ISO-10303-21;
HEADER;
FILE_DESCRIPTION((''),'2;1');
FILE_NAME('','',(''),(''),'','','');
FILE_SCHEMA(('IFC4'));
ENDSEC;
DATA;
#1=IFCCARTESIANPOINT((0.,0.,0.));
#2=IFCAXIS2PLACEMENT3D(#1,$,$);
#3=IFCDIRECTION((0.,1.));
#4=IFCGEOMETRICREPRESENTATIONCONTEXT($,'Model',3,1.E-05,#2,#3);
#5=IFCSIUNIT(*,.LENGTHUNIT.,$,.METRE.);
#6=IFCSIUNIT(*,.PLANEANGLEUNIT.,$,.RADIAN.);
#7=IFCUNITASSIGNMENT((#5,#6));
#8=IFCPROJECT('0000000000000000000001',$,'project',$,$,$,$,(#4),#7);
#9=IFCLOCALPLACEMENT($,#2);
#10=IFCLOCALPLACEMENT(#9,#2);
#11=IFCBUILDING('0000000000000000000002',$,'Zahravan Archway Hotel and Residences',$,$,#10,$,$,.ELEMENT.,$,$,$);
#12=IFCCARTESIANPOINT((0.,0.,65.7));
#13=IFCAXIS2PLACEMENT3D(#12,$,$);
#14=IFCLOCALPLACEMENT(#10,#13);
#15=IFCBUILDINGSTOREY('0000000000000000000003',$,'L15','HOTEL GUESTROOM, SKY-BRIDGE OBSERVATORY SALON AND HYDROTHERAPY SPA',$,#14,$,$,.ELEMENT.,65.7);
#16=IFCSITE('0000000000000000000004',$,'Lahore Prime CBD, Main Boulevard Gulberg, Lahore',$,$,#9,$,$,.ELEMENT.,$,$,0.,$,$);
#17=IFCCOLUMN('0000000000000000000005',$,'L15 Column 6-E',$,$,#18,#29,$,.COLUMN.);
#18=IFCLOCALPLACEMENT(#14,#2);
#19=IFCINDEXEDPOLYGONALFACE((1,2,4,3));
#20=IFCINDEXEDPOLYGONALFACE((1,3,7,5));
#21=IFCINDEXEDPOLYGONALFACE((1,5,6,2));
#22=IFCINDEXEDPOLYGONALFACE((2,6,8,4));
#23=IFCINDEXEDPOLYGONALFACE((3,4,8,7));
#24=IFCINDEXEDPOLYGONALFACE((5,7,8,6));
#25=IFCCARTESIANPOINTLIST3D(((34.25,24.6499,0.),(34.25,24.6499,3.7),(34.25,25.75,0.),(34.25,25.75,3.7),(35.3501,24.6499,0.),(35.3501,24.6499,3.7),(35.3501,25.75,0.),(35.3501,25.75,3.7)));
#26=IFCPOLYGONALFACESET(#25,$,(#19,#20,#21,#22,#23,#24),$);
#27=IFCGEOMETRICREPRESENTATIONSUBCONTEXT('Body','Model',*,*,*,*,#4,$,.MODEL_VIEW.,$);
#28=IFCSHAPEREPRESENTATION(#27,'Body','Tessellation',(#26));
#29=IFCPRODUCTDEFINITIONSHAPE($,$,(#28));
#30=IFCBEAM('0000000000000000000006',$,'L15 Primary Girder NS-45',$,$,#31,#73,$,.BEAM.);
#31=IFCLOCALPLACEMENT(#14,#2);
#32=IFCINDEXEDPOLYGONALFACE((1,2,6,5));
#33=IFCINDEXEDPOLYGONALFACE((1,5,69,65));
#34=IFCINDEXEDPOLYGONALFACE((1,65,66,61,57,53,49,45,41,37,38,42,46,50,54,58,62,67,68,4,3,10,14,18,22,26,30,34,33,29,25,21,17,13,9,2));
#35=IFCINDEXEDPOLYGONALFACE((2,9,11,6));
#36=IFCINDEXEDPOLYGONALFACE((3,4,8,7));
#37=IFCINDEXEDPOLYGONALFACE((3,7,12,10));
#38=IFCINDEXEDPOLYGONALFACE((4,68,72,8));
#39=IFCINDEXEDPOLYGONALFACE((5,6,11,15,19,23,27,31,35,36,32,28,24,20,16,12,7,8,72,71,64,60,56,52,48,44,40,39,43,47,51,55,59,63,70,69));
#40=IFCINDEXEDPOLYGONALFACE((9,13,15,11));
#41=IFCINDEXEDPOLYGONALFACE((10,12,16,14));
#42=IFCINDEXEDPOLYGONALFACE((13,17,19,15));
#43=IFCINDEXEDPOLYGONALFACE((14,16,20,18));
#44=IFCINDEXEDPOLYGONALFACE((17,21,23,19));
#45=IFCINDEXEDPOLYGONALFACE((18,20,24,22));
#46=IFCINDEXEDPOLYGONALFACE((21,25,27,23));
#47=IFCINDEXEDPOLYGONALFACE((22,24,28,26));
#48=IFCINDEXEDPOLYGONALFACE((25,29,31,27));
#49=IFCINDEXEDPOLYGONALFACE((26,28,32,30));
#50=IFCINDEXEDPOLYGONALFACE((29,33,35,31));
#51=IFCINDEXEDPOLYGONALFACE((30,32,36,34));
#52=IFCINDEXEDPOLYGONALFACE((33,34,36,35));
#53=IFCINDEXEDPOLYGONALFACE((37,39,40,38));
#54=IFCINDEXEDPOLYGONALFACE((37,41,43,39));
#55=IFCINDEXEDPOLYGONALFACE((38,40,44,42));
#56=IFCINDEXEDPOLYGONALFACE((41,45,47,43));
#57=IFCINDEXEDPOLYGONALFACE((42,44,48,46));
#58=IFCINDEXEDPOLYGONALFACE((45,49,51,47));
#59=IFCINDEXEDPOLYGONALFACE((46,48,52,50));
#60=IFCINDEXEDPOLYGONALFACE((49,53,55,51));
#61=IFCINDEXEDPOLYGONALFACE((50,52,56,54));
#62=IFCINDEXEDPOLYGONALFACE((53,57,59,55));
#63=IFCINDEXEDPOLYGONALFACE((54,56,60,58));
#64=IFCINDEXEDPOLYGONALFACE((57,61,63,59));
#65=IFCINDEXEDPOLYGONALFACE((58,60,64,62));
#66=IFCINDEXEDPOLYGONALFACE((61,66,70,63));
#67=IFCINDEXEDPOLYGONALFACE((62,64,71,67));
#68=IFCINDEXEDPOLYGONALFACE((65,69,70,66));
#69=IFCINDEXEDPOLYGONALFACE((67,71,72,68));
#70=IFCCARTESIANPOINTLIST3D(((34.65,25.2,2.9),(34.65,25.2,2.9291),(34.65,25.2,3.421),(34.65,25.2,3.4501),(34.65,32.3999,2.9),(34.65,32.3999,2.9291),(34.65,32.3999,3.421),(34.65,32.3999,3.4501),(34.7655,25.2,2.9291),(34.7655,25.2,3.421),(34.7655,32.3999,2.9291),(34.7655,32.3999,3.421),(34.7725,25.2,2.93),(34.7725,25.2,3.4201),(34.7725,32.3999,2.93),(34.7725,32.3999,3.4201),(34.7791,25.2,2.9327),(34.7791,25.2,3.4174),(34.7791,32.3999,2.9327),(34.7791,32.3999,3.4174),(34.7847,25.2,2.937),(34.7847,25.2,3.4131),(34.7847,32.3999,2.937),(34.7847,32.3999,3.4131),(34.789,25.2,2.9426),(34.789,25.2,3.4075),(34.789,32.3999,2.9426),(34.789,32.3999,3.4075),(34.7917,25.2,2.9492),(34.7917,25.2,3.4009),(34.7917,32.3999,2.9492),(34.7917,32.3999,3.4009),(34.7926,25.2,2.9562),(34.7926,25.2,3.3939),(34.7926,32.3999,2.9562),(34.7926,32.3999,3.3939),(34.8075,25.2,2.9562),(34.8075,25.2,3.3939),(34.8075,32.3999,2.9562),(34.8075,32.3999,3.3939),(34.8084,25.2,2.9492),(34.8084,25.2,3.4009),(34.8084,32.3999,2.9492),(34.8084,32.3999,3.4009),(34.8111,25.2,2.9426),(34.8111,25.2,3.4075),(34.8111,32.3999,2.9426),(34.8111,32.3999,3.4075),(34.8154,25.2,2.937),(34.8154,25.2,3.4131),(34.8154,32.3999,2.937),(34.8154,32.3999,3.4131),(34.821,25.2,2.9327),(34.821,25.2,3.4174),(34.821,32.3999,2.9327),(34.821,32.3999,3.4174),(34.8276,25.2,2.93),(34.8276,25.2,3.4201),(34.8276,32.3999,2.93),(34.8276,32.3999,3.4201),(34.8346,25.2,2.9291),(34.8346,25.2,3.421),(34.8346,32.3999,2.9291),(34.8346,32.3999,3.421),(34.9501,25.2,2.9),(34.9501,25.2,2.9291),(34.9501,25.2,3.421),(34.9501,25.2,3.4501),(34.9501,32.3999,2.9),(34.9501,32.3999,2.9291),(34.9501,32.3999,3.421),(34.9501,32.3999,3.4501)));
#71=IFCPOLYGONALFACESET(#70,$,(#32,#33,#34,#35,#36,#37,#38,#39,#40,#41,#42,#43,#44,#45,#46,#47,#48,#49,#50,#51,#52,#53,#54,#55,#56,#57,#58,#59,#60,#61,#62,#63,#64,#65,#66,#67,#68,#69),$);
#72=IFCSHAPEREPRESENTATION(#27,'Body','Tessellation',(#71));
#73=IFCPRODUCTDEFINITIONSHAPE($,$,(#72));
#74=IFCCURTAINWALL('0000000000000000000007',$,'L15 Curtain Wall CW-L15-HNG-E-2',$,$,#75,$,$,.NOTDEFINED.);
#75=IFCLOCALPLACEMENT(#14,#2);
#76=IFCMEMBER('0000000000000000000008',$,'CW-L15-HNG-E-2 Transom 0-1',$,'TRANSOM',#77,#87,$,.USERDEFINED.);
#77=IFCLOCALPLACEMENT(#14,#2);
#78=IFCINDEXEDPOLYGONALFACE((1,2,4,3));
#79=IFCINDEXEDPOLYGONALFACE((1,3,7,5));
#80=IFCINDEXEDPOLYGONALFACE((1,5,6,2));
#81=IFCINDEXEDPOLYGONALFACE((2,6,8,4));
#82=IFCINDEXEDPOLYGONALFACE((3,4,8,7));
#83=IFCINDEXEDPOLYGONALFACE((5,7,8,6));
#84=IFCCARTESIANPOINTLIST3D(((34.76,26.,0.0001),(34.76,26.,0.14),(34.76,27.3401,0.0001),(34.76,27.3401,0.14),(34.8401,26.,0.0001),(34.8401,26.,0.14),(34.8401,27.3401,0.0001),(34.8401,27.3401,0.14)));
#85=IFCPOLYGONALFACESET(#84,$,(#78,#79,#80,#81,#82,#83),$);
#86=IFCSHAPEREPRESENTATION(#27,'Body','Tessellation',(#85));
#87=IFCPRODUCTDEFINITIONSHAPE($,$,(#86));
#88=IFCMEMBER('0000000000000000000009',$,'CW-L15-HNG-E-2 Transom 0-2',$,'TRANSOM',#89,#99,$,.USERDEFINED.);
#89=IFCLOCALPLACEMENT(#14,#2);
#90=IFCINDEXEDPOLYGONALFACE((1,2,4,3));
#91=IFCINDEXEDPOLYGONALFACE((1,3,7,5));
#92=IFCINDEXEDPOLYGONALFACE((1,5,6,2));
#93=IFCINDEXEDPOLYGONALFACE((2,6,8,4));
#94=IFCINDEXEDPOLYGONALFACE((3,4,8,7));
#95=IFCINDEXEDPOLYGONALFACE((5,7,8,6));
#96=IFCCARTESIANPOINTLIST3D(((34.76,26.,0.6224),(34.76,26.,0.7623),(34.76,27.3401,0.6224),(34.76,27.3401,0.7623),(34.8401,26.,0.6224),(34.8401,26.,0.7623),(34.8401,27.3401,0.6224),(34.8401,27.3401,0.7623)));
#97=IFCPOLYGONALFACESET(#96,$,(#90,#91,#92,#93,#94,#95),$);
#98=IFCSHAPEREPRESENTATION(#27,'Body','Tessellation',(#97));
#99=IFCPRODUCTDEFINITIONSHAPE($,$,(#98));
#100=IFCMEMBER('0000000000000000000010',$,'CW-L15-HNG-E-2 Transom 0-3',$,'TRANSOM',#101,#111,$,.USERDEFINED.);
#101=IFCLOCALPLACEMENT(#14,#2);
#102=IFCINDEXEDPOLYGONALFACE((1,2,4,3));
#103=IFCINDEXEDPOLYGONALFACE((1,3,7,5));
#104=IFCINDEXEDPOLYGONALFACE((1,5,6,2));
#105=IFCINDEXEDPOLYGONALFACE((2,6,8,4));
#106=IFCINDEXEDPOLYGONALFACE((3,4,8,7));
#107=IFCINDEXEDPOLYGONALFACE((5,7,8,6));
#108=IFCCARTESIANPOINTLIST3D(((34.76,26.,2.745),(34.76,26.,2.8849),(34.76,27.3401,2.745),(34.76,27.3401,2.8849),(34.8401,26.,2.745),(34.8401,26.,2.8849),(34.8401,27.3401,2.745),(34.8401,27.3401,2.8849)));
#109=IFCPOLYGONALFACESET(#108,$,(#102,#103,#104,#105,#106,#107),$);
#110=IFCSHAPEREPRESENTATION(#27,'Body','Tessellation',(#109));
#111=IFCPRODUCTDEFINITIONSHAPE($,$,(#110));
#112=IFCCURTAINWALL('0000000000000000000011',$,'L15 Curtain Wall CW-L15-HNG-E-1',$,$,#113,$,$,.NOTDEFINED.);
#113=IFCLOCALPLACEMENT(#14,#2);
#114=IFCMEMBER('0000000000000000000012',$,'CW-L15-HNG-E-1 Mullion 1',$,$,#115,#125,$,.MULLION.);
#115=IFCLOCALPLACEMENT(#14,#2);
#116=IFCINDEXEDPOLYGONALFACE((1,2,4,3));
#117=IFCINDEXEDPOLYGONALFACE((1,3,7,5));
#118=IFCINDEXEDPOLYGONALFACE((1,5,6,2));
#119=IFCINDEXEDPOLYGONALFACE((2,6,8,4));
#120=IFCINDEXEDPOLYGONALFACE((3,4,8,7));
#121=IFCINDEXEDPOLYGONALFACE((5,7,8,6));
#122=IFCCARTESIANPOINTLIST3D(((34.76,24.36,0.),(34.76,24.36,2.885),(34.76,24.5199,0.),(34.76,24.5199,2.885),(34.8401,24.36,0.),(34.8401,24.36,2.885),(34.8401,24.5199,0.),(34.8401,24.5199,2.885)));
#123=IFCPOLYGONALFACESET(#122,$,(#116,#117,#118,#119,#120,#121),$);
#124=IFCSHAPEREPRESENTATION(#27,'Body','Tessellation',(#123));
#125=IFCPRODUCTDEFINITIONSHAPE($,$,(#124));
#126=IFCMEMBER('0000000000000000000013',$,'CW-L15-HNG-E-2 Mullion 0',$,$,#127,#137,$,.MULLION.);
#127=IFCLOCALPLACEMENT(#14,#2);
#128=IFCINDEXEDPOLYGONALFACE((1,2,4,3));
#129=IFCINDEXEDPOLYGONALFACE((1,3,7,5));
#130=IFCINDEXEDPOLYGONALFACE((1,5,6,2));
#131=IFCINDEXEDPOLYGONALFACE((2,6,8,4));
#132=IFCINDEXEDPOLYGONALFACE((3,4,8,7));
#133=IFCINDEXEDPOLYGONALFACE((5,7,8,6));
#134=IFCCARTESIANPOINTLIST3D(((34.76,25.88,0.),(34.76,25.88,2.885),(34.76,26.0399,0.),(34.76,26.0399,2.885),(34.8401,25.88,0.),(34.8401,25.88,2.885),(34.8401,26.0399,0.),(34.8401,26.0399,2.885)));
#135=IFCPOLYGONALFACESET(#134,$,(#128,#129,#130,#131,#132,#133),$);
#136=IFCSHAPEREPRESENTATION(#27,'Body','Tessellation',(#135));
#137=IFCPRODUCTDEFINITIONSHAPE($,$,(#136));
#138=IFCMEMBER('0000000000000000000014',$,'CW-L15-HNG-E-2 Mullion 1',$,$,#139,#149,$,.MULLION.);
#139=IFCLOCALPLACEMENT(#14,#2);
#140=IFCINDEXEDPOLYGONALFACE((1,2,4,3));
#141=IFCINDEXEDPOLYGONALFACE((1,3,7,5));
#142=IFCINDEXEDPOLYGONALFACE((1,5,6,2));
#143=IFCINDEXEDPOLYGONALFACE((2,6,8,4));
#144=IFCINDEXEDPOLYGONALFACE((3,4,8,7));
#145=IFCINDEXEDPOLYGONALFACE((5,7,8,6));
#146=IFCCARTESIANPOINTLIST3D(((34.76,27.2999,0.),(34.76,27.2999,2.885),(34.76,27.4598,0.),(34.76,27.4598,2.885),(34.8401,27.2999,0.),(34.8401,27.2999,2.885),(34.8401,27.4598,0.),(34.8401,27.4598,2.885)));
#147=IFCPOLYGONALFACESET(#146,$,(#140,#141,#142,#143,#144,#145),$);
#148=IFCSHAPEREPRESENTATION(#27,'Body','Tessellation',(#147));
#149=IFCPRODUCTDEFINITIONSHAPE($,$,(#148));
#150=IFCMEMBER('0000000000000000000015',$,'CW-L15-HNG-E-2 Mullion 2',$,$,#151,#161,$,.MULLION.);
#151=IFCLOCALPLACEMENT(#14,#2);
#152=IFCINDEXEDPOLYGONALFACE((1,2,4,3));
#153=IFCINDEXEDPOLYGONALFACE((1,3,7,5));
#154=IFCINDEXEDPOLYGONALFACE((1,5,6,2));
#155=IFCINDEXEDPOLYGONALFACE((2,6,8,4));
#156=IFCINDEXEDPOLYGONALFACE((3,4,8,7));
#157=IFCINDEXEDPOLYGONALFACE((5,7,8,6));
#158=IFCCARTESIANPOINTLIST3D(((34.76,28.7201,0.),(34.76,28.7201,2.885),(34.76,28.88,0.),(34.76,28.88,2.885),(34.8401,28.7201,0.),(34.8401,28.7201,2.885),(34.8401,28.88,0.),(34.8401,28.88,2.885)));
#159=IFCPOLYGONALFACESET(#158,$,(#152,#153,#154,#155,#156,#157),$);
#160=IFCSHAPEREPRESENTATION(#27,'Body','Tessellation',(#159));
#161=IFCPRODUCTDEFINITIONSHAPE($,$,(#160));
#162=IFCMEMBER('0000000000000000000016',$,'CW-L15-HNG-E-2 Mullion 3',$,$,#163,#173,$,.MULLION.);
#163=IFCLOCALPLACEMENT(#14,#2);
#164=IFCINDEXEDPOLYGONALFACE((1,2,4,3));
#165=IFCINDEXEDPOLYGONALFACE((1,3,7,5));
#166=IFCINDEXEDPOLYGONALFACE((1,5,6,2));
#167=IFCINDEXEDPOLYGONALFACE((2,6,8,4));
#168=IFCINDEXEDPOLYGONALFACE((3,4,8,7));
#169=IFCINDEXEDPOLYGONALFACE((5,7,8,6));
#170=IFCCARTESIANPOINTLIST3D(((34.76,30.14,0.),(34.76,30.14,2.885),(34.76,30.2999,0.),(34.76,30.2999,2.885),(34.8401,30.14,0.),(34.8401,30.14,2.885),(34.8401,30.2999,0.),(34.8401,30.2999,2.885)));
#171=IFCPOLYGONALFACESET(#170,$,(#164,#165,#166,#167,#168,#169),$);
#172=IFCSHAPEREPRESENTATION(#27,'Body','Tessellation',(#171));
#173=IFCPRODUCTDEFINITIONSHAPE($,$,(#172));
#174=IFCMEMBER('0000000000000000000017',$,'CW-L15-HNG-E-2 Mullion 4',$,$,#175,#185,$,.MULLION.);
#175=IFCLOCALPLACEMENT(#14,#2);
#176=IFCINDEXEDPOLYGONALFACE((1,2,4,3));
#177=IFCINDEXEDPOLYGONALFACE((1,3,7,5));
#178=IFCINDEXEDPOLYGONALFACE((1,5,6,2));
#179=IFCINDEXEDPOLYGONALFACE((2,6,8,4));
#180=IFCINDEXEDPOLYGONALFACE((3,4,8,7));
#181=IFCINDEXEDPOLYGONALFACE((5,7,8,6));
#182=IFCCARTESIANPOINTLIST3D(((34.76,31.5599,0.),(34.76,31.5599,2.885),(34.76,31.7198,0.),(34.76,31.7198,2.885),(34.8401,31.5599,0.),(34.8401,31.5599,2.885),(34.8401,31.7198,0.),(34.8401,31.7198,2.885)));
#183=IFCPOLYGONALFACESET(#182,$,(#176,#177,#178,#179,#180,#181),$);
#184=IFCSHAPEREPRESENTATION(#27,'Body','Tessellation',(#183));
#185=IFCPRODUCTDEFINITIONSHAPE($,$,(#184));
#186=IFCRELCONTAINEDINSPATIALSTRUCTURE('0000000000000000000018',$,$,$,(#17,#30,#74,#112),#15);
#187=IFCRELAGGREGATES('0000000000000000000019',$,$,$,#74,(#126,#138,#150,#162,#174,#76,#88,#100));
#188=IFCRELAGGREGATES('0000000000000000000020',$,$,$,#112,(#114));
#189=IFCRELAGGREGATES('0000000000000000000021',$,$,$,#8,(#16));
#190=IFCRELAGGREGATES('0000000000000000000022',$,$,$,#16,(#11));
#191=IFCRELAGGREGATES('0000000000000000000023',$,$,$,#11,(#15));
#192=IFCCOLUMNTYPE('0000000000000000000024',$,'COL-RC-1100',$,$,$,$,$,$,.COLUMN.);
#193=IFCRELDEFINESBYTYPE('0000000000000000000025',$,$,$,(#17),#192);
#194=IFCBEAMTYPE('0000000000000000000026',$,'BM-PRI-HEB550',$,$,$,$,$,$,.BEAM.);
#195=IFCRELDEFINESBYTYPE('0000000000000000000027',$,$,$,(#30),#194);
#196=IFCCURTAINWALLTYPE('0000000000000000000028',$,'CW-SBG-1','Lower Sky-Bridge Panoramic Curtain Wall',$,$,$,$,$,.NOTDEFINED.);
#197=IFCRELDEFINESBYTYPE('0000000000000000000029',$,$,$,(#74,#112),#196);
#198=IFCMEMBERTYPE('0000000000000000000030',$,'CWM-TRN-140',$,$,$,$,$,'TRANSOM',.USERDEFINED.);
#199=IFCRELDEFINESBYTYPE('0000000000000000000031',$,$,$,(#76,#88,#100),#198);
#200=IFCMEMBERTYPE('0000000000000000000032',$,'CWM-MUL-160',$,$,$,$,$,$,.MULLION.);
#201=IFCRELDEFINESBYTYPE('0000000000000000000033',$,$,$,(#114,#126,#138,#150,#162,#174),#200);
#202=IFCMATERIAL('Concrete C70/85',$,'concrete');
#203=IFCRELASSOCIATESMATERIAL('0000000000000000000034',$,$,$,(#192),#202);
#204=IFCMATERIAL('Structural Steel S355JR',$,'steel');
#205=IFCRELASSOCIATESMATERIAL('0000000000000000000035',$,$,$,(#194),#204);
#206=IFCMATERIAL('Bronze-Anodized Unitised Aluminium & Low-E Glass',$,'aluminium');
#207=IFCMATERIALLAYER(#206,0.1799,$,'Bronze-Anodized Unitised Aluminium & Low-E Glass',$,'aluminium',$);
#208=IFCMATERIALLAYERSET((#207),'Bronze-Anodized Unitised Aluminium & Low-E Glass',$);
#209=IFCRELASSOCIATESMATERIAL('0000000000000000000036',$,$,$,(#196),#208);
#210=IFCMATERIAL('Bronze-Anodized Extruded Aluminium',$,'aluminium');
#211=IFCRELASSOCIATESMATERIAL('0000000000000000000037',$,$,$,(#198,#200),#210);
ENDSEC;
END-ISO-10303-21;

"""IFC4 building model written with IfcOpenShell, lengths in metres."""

from ifc_helpers import new_model, si_unit, direction, frame, origin, origin_2d, place, context, subcontext, project, spatial, rectangle, i_section, extrude, source, transform, mapped, material, layer, layer_set, material_profile, profile_set, type_object, element, aggregate, save


model = new_model("IFC4")

# Units and contexts
model_context = context("Model", 3, precision=1e-05, world=origin(), true_north=direction((0.0, 1.0)))
body_context = subcontext(model_context, "Body", "Model", "MODEL_VIEW")
ifc_project = project(units=[si_unit("LENGTHUNIT", "METRE"), si_unit("PLANEANGLEUNIT", "RADIAN")], contexts=[model_context])

# Site, building, storey
site_placement = place(None, origin())
site = spatial("IfcSite", under=ifc_project, at=site_placement, Name="Lahore Prime CBD, Main Boulevard Gulberg, Lahore", CompositionType="ELEMENT", RefElevation=0.0)
building_placement = place(site_placement, origin())
building = spatial("IfcBuilding", under=site, at=building_placement, Name="Zahravan Archway Hotel and Residences", CompositionType="ELEMENT")
storey_placement = place(building_placement, frame((0.0, 0.0, 65.7)))
storey = spatial("IfcBuildingStorey", under=building, at=storey_placement, Name="L15", Description="HOTEL GUESTROOM, SKY-BRIDGE OBSERVATORY SALON AND HYDROTHERAPY SPA", CompositionType="ELEMENT", Elevation=65.7)

# Column
ifc_material_1 = material(Name="Concrete C70/85", Category="concrete")
ifc_material_profile_1 = material_profile(ifc_material_1, rectangle(XDim=1.1001, YDim=1.1001, at=origin_2d()), Name="RC 1100x1100", Category="concrete")
ifc_profile_set_1 = profile_set([ifc_material_profile_1], Name="Concrete C70/85")
column_type = type_object("IfcColumnType", Name="COL-RC-1100", PredefinedType="COLUMN", material=ifc_profile_set_1)
shared_shape_1 = source(origin(), body_context, "Body", "SweptSolid", [
    extrude(rectangle(XDim=1.1001, YDim=1.1001, at=origin_2d()), origin(), (0.0, 0.0, 1.0), 3.7),
])
column_placement = place(storey_placement, frame((34.8, 25.2, 0.0), z_axis=(0.0, 0.0, 1.0), x_axis=(1.0, 0.0, 0.0)))
element("IfcColumn", 1, at=column_placement, inside=storey, type_object=column_type, Name="L15 Column 6-E", PredefinedType="COLUMN", context=body_context, shape_type="MappedRepresentation", body=[
    mapped(shared_shape_1, transform((0.0, 0.0, 0.0), scale=1.0)),
])

# Beam
ifc_material_2 = material(Name="Structural Steel S355JR", Category="steel")
ifc_material_profile_2 = material_profile(ifc_material_2, i_section(OverallWidth=0.3, OverallDepth=0.55, WebThickness=0.0149, FlangeThickness=0.0291, FilletRadius=0.0271, at=origin_2d()), Name="HEB 550", Category="steel")
ifc_profile_set_2 = profile_set([ifc_material_profile_2], Name="Structural Steel S355JR")
beam_type = type_object("IfcBeamType", Name="BM-PRI-HEB550", PredefinedType="BEAM", material=ifc_profile_set_2)
shared_shape_2 = source(origin(), body_context, "Body", "SweptSolid", [
    extrude(i_section(OverallWidth=0.3, OverallDepth=0.55, WebThickness=0.0149, FlangeThickness=0.0291, FilletRadius=0.0271, at=origin_2d()), origin(), (0.0, 0.0, 1.0), 7.2),
])
beam_placement = place(storey_placement, frame((34.8, 25.2, 3.175), z_axis=(0.0, 1.0, 0.0), x_axis=(-1.0, 0.0, 0.0)))
element("IfcBeam", 2, at=beam_placement, inside=storey, type_object=beam_type, Name="L15 Primary Girder NS-45", PredefinedType="BEAM", context=body_context, shape_type="MappedRepresentation", body=[
    mapped(shared_shape_2, transform((0.0, 0.0, 0.0), scale=1.0)),
])

# Curtain wall, members
ifc_material_3 = material(Name="Bronze-Anodized Unitised Aluminium & Low-E Glass", Category="aluminium")
ifc_layer_1 = layer(ifc_material_3, 0.1799, Name="Bronze-Anodized Unitised Aluminium & Low-E Glass", Category="aluminium")
ifc_layer_set_1 = layer_set([ifc_layer_1], Name="Bronze-Anodized Unitised Aluminium & Low-E Glass")
curtain_wall_type = type_object("IfcCurtainWallType", Name="CW-SBG-1", Description="Lower Sky-Bridge Panoramic Curtain Wall", PredefinedType="NOTDEFINED", material=ifc_layer_set_1)
curtain_wall_1_placement = place(storey_placement, origin())
curtain_wall_1 = element("IfcCurtainWall", 3, at=curtain_wall_1_placement, inside=storey, type_object=curtain_wall_type, Name="L15 Curtain Wall CW-L15-HNG-E-2", PredefinedType="NOTDEFINED")
ifc_material_4 = material(Name="Bronze-Anodized Extruded Aluminium", Category="aluminium")
ifc_material_profile_3 = material_profile(ifc_material_4, rectangle(XDim=0.0801, YDim=0.1399, at=origin_2d()), Name="TRN 80x140", Category="aluminium")
ifc_profile_set_3 = profile_set([ifc_material_profile_3], Name="Bronze-Anodized Extruded Aluminium")
member_type_1 = type_object("IfcMemberType", Name="CWM-TRN-140", ElementType="TRANSOM", PredefinedType="USERDEFINED", material=ifc_profile_set_3)
shared_shape_3 = source(origin(), body_context, "Body", "SweptSolid", [
    extrude(rectangle(XDim=0.0801, YDim=0.1399, at=origin_2d()), origin(), (0.0, 0.0, 1.0), 1.3401),
])
member_1_placement = place(storey_placement, frame((34.8, 26.0, 0.0701), z_axis=(0.0, 1.0, 0.0), x_axis=(-1.0, 0.0, 0.0)))
member_1 = element("IfcMember", 4, at=member_1_placement, type_object=member_type_1, Name="CW-L15-HNG-E-2 Transom 0-1", ObjectType="TRANSOM", PredefinedType="USERDEFINED", context=body_context, shape_type="MappedRepresentation", body=[
    mapped(shared_shape_3, transform((0.0, 0.0, 0.0), scale=1.0)),
])
member_2_placement = place(storey_placement, frame((34.8, 26.0, 0.6924), z_axis=(0.0, 1.0, 0.0), x_axis=(-1.0, 0.0, 0.0)))
member_2 = element("IfcMember", 5, at=member_2_placement, type_object=member_type_1, Name="CW-L15-HNG-E-2 Transom 0-2", ObjectType="TRANSOM", PredefinedType="USERDEFINED", context=body_context, shape_type="MappedRepresentation", body=[
    mapped(shared_shape_3, transform((0.0, 0.0, 0.0), scale=1.0)),
])
member_3_placement = place(storey_placement, frame((34.8, 26.0, 2.8149), z_axis=(0.0, 1.0, 0.0), x_axis=(-1.0, 0.0, 0.0)))
member_3 = element("IfcMember", 6, at=member_3_placement, type_object=member_type_1, Name="CW-L15-HNG-E-2 Transom 0-3", ObjectType="TRANSOM", PredefinedType="USERDEFINED", context=body_context, shape_type="MappedRepresentation", body=[
    mapped(shared_shape_3, transform((0.0, 0.0, 0.0), scale=1.0)),
])

# Curtain wall, member
curtain_wall_2_placement = place(storey_placement, origin())
curtain_wall_2 = element("IfcCurtainWall", 7, at=curtain_wall_2_placement, inside=storey, type_object=curtain_wall_type, Name="L15 Curtain Wall CW-L15-HNG-E-1", PredefinedType="NOTDEFINED")
ifc_material_profile_4 = material_profile(ifc_material_4, rectangle(XDim=0.0801, YDim=0.1599, at=origin_2d()), Name="MUL 80x160", Category="aluminium")
ifc_profile_set_4 = profile_set([ifc_material_profile_4], Name="Bronze-Anodized Extruded Aluminium")
member_type_2 = type_object("IfcMemberType", Name="CWM-MUL-160", PredefinedType="MULLION", material=ifc_profile_set_4)
shared_shape_4 = source(origin(), body_context, "Body", "SweptSolid", [
    extrude(rectangle(XDim=0.0801, YDim=0.1599, at=origin_2d()), origin(), (0.0, 0.0, 1.0), 2.885),
])
member_4_placement = place(storey_placement, frame((34.8, 24.4399, 0.0), z_axis=(0.0, 0.0, 1.0), x_axis=(1.0, 0.0, 0.0)))
member_4 = element("IfcMember", 8, at=member_4_placement, type_object=member_type_2, Name="CW-L15-HNG-E-1 Mullion 1", PredefinedType="MULLION", context=body_context, shape_type="MappedRepresentation", body=[
    mapped(shared_shape_4, transform((0.0, 0.0, 0.0), scale=1.0)),
])

# Members
member_5_placement = place(storey_placement, frame((34.8, 25.96, 0.0), z_axis=(0.0, 0.0, 1.0), x_axis=(1.0, 0.0, 0.0)))
member_5 = element("IfcMember", 9, at=member_5_placement, type_object=member_type_2, Name="CW-L15-HNG-E-2 Mullion 0", PredefinedType="MULLION", context=body_context, shape_type="MappedRepresentation", body=[
    mapped(shared_shape_4, transform((0.0, 0.0, 0.0), scale=1.0)),
])
member_6_placement = place(storey_placement, frame((34.8, 27.3799, 0.0), z_axis=(0.0, 0.0, 1.0), x_axis=(1.0, 0.0, 0.0)))
member_6 = element("IfcMember", 10, at=member_6_placement, type_object=member_type_2, Name="CW-L15-HNG-E-2 Mullion 1", PredefinedType="MULLION", context=body_context, shape_type="MappedRepresentation", body=[
    mapped(shared_shape_4, transform((0.0, 0.0, 0.0), scale=1.0)),
])
member_7_placement = place(storey_placement, frame((34.8, 28.8, 0.0), z_axis=(0.0, 0.0, 1.0), x_axis=(1.0, 0.0, 0.0)))
member_7 = element("IfcMember", 11, at=member_7_placement, type_object=member_type_2, Name="CW-L15-HNG-E-2 Mullion 2", PredefinedType="MULLION", context=body_context, shape_type="MappedRepresentation", body=[
    mapped(shared_shape_4, transform((0.0, 0.0, 0.0), scale=1.0)),
])
member_8_placement = place(storey_placement, frame((34.8, 30.22, 0.0), z_axis=(0.0, 0.0, 1.0), x_axis=(1.0, 0.0, 0.0)))
member_8 = element("IfcMember", 12, at=member_8_placement, type_object=member_type_2, Name="CW-L15-HNG-E-2 Mullion 3", PredefinedType="MULLION", context=body_context, shape_type="MappedRepresentation", body=[
    mapped(shared_shape_4, transform((0.0, 0.0, 0.0), scale=1.0)),
])
member_9_placement = place(storey_placement, frame((34.8, 31.6399, 0.0), z_axis=(0.0, 0.0, 1.0), x_axis=(1.0, 0.0, 0.0)))
member_9 = element("IfcMember", 13, at=member_9_placement, type_object=member_type_2, Name="CW-L15-HNG-E-2 Mullion 4", PredefinedType="MULLION", context=body_context, shape_type="MappedRepresentation", body=[
    mapped(shared_shape_4, transform((0.0, 0.0, 0.0), scale=1.0)),
])
aggregate(curtain_wall_1, [member_5, member_6, member_7, member_8, member_9, member_1, member_2, member_3])

aggregate(curtain_wall_2, [member_4])

save(model, "model.ifc")
